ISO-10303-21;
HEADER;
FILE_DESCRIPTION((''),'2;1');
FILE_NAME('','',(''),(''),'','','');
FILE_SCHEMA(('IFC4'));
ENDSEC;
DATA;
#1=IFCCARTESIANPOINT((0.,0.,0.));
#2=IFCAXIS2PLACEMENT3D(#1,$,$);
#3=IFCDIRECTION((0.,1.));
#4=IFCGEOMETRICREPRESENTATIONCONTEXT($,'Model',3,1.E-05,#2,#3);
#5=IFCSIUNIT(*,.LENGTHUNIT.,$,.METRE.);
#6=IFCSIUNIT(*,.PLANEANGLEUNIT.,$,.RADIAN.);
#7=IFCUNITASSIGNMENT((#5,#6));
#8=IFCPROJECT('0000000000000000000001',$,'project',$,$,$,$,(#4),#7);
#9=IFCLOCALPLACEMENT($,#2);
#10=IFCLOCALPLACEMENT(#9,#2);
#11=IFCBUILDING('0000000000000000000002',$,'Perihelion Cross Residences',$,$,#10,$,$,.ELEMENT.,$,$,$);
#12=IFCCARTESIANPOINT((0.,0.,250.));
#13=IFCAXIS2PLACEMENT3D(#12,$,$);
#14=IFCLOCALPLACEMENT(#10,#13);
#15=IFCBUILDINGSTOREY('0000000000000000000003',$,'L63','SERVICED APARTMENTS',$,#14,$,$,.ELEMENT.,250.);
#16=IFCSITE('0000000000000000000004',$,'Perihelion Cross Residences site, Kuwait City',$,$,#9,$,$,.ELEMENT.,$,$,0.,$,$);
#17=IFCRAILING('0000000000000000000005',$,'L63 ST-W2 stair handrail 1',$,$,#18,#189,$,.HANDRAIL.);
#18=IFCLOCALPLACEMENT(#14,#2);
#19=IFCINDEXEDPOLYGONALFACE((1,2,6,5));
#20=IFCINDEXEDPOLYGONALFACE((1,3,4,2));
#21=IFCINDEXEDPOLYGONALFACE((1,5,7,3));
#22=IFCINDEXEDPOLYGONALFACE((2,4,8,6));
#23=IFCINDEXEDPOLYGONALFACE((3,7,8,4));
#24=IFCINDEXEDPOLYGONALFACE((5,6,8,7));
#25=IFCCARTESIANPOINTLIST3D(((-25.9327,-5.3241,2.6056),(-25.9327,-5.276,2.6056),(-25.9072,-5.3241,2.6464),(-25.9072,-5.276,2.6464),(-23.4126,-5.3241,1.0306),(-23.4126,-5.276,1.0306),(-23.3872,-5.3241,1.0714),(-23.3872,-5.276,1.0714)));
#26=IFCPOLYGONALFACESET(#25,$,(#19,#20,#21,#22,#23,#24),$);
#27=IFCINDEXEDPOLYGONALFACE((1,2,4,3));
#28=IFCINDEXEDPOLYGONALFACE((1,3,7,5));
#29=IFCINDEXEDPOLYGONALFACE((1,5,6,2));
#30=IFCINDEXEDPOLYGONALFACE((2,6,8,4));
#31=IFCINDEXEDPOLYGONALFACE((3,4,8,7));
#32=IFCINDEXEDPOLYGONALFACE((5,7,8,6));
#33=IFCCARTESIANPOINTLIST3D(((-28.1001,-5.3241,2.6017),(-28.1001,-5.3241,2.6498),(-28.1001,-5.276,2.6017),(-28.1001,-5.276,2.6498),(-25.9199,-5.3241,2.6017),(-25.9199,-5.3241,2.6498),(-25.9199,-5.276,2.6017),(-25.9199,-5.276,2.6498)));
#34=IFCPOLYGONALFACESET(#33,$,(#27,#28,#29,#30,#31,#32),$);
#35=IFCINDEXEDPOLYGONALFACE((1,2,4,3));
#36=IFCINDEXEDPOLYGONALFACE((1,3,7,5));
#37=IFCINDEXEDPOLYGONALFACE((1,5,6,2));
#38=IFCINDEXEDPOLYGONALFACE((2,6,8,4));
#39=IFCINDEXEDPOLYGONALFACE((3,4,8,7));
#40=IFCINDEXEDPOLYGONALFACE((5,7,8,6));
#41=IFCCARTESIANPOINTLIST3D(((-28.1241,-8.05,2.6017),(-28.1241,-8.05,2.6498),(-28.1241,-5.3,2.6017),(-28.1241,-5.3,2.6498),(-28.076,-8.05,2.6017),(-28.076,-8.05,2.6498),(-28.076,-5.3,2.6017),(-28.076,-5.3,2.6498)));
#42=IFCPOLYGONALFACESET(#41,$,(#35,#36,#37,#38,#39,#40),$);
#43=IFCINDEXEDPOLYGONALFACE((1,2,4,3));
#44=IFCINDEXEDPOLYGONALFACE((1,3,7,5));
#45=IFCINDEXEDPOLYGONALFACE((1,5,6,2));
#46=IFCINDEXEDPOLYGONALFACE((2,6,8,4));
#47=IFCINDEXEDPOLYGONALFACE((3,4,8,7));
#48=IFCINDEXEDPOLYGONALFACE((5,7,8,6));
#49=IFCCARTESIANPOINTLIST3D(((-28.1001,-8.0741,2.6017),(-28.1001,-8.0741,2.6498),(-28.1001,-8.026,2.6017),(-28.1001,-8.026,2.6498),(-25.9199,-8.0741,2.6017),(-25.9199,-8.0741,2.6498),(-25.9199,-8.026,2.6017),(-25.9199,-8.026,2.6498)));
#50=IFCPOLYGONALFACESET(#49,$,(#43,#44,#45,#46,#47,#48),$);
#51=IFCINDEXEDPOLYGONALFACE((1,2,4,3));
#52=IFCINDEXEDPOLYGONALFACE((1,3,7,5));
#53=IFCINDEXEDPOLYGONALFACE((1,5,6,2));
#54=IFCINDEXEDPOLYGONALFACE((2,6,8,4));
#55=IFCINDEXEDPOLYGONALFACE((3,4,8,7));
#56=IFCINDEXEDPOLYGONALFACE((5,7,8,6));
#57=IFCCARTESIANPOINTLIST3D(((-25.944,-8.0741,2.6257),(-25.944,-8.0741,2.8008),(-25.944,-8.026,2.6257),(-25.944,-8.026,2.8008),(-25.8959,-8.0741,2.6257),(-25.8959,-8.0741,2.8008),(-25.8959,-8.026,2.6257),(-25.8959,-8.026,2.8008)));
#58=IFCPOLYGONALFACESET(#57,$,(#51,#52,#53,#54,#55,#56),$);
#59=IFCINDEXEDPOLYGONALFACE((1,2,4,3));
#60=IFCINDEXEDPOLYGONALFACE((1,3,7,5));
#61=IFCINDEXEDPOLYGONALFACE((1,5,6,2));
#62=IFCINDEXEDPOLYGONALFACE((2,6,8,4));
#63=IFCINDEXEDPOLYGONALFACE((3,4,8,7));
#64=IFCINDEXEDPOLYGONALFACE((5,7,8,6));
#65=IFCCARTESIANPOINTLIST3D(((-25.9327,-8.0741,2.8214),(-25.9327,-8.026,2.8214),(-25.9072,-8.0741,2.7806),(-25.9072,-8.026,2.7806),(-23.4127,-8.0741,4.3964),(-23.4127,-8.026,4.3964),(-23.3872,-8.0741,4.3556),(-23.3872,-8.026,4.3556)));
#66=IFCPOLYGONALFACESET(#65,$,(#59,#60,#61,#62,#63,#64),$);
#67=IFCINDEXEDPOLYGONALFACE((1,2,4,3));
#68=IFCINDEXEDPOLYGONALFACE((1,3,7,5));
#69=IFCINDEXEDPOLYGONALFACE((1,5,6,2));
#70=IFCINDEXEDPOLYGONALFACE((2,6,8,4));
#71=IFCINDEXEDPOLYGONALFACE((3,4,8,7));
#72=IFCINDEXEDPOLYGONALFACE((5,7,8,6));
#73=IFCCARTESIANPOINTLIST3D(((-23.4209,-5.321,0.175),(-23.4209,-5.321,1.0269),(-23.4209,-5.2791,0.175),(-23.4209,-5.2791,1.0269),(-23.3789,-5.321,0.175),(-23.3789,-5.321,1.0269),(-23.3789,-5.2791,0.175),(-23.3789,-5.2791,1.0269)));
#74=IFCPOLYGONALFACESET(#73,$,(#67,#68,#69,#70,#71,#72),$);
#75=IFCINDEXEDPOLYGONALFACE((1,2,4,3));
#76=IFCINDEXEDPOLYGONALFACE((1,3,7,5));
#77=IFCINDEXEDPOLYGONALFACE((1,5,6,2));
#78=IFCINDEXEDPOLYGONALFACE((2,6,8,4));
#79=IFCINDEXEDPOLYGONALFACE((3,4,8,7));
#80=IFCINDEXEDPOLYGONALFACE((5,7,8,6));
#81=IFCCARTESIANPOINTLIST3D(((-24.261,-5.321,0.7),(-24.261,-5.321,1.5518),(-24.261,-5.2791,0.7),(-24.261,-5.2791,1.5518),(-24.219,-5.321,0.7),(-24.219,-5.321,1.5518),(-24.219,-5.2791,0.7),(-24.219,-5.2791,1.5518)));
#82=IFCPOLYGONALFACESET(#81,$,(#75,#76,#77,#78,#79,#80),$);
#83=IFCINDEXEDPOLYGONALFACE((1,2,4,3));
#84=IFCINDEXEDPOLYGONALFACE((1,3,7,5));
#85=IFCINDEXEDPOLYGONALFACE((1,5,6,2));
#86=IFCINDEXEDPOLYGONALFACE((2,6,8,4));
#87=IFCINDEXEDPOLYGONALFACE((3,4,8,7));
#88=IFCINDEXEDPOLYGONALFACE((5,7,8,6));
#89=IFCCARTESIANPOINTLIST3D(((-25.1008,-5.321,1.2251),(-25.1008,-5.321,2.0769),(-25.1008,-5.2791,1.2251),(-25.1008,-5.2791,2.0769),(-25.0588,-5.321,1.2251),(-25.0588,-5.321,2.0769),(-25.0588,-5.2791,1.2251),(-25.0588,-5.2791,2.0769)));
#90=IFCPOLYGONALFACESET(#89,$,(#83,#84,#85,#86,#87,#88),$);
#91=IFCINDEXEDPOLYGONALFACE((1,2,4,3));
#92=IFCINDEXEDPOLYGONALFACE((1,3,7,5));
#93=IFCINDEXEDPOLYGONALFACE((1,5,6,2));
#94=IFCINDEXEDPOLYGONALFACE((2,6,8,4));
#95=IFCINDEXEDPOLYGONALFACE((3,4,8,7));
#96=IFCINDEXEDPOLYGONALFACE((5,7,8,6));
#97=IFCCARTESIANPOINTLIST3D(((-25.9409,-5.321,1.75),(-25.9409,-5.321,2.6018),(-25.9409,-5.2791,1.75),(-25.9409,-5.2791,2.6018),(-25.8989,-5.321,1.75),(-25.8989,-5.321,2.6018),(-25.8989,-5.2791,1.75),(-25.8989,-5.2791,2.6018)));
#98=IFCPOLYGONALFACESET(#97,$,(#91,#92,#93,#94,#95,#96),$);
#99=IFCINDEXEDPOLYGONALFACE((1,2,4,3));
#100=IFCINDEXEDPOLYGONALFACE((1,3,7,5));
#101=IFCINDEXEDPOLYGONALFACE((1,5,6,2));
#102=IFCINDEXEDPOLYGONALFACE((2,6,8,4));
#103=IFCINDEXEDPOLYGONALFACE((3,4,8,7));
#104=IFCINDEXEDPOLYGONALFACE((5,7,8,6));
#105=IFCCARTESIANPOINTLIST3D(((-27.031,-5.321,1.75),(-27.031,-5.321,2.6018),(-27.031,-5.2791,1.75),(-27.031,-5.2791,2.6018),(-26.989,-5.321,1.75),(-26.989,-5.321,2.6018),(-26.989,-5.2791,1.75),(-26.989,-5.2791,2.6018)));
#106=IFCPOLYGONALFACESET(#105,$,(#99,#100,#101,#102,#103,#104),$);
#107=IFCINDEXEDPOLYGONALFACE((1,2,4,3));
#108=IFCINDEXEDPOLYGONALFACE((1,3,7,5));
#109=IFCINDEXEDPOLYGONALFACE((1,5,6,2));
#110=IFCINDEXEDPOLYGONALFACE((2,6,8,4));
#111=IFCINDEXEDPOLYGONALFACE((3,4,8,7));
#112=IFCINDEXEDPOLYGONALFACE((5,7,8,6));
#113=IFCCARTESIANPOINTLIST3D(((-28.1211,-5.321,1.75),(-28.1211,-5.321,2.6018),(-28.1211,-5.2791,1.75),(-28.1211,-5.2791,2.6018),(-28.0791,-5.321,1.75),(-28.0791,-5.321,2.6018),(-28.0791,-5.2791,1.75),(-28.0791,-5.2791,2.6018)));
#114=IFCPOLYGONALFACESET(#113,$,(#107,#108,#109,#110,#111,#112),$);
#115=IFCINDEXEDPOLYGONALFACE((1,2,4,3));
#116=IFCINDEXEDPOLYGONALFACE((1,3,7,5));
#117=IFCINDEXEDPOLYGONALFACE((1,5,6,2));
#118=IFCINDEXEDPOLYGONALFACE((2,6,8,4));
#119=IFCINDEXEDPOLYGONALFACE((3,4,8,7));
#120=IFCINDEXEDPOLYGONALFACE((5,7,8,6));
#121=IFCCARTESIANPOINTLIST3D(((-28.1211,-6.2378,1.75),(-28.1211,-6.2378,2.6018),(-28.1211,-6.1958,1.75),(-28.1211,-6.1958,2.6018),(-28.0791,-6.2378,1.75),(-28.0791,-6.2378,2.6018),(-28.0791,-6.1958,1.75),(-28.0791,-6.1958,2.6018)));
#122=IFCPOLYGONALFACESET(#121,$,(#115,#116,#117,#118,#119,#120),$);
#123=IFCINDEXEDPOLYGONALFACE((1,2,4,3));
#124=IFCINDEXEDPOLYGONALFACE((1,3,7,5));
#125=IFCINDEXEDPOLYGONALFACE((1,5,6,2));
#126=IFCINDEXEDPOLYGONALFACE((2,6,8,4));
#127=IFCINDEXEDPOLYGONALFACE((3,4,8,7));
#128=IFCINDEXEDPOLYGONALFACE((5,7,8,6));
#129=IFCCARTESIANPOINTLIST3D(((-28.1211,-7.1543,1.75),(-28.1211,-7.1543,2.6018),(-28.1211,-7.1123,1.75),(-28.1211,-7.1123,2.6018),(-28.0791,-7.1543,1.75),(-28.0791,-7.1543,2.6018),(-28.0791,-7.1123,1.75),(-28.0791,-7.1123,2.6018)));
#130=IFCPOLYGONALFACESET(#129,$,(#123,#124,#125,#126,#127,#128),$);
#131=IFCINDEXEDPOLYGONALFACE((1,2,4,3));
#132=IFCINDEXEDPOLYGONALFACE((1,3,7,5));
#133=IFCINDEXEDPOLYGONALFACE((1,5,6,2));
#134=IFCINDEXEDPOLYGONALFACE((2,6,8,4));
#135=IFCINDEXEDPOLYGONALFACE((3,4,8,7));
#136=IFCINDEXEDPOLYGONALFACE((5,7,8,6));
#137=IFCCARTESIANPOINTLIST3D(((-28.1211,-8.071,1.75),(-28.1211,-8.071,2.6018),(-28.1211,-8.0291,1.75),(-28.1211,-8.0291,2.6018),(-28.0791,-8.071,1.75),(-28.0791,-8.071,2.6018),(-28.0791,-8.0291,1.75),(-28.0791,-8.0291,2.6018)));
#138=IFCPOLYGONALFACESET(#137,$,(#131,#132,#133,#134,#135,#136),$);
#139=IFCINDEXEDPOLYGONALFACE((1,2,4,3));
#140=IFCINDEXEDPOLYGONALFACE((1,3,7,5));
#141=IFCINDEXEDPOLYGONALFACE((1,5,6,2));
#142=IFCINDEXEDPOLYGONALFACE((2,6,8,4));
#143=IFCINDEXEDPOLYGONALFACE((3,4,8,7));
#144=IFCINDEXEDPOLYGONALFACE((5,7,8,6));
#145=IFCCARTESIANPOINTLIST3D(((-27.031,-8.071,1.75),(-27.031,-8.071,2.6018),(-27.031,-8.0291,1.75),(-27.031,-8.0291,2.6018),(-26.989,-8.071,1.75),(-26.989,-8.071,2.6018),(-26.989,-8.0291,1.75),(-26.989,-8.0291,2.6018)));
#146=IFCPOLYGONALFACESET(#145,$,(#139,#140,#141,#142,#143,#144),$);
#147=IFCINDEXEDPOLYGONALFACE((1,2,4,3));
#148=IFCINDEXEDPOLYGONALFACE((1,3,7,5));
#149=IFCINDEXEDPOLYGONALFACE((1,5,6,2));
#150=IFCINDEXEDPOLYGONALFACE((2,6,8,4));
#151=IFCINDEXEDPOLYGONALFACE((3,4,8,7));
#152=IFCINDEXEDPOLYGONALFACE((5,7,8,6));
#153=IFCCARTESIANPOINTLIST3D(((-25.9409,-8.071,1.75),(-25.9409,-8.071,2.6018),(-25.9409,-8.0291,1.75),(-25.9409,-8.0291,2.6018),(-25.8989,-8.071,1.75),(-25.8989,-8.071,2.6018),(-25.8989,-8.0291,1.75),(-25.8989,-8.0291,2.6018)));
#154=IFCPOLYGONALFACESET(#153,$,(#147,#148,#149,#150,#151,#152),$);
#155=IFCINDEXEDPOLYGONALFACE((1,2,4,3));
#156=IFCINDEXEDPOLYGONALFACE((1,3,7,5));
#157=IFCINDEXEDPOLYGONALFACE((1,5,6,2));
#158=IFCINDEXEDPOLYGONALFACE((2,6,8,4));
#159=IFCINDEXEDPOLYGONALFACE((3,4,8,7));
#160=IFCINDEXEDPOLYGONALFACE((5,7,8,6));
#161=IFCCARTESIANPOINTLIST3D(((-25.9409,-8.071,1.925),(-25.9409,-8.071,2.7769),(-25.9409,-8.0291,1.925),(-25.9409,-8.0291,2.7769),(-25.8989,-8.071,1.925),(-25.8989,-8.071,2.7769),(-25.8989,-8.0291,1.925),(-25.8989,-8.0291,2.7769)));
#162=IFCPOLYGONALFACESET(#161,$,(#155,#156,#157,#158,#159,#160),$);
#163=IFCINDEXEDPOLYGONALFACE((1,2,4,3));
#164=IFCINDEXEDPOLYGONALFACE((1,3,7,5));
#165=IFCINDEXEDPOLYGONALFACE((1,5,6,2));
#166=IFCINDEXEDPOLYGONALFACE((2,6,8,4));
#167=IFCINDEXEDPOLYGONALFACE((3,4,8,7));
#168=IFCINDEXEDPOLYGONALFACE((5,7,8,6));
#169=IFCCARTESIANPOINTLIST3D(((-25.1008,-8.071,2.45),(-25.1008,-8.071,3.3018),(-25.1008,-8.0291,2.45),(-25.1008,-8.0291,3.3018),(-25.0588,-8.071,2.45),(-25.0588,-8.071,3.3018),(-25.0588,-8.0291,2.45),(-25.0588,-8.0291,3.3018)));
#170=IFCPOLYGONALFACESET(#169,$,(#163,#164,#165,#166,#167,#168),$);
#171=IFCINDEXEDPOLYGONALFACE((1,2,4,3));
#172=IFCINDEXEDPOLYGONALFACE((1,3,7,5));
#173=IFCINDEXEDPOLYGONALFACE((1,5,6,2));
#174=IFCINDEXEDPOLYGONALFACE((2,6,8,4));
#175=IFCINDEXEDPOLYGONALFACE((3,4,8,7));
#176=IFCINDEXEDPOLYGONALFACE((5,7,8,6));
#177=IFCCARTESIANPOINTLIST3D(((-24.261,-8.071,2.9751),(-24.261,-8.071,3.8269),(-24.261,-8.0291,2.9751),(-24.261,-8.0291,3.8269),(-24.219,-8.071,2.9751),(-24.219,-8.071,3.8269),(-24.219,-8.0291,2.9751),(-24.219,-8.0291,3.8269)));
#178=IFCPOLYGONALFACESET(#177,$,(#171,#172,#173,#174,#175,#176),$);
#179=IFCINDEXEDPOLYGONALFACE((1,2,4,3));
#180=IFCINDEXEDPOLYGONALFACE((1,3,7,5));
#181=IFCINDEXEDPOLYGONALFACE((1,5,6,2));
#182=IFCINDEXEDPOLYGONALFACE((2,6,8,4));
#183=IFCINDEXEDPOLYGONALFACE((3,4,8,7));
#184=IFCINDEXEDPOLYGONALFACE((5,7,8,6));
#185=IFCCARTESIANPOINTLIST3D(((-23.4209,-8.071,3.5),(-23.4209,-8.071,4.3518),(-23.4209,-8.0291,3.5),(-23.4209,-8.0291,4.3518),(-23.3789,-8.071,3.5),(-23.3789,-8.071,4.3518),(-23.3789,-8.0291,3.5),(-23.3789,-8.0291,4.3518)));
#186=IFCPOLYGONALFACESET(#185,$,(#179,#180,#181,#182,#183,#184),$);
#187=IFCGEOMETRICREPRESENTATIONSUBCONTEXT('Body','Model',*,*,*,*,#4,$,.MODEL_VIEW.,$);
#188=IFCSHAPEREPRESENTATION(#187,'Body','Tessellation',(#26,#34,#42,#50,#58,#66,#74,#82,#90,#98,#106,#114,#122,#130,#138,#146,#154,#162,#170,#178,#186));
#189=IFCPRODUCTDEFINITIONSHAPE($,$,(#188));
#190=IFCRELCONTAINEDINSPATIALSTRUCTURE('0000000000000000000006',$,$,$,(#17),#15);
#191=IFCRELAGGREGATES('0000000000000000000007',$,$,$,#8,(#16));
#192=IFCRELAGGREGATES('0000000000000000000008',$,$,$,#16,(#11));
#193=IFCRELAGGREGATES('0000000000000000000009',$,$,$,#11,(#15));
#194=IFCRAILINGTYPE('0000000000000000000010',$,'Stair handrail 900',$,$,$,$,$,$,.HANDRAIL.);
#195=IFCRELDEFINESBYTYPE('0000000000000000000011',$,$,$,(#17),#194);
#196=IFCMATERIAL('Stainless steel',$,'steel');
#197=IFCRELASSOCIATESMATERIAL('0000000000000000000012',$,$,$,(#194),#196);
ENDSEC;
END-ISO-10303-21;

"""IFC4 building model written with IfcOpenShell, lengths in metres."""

from ifc_helpers import new_model, si_unit, direction, frame, origin, origin_2d, place, context, subcontext, project, spatial, rectangle, extrude, material, type_object, element, save


model = new_model("IFC4")

# Units and contexts
model_context = context("Model", 3, precision=1e-05, world=origin(), true_north=direction((0.0, 1.0)))
body_context = subcontext(model_context, "Body", "Model", "MODEL_VIEW")
ifc_project = project(units=[si_unit("LENGTHUNIT", "METRE"), si_unit("PLANEANGLEUNIT", "RADIAN")], contexts=[model_context])

# Site, building, storey
site_placement = place(None, origin())
site = spatial("IfcSite", under=ifc_project, at=site_placement, Name="Perihelion Cross Residences site, Kuwait City", CompositionType="ELEMENT", RefElevation=0.0)
building_placement = place(site_placement, origin())
building = spatial("IfcBuilding", under=site, at=building_placement, Name="Perihelion Cross Residences", CompositionType="ELEMENT")
storey_placement = place(building_placement, frame((0.0, 0.0, 250.0)))
storey = spatial("IfcBuildingStorey", under=building, at=storey_placement, Name="L63", Description="SERVICED APARTMENTS", CompositionType="ELEMENT", Elevation=250.0)

# Railing
ifc_material_1 = material(Name="Stainless steel", Category="steel")
railing_type_1 = type_object("IfcRailingType", Name="Stair handrail 900", PredefinedType="HANDRAIL", material=ifc_material_1)
railing_1_placement = place(storey_placement, frame((-23.3999, -5.3, 0.175)))
element("IfcRailing", 1, at=railing_1_placement, inside=storey, type_object=railing_type_1, Name="L63 ST-W2 stair handrail 1", PredefinedType="HANDRAIL", context=body_context, shape_type="SweptSolid", body=[
    extrude(rectangle(XDim=0.0481, YDim=0.0481, at=origin_2d()), frame((0.0, 0.0, 0.876), z_axis=(-0.848008, 0.0, 0.529984), x_axis=(0.0, -1.0, 0.0)), (0.0, 0.0, 1.0), 2.9717),
    extrude(rectangle(XDim=0.0481, YDim=0.0481, at=origin_2d()), frame((-2.52, 0.0, 2.4507), z_axis=(-1.0, 0.0, 0.0), x_axis=(0.0, -1.0, 0.0)), (0.0, 0.0, 1.0), 2.1802),
    extrude(rectangle(XDim=0.0481, YDim=0.0481, at=origin_2d()), frame((-4.7002, 0.0, 2.4507), z_axis=(0.0, -1.0, 0.0), x_axis=(1.0, 0.0, 0.0)), (0.0, 0.0, 1.0), 2.75),
    extrude(rectangle(XDim=0.0481, YDim=0.0481, at=origin_2d()), frame((-4.7002, -2.75, 2.4507), z_axis=(1.0, 0.0, 0.0), x_axis=(0.0, 1.0, 0.0)), (0.0, 0.0, 1.0), 2.1802),
    extrude(rectangle(XDim=0.0481, YDim=0.0481, at=origin_2d()), frame((-2.52, -2.75, 2.4507), z_axis=(0.0, 0.0, 1.0), x_axis=(1.0, 0.0, 0.0)), (0.0, 0.0, 1.0), 0.175),
    extrude(rectangle(XDim=0.0481, YDim=0.0481, at=origin_2d()), frame((-2.52, -2.75, 2.626), z_axis=(0.848008, 0.0, 0.529984), x_axis=(0.0, 1.0, 0.0)), (0.0, 0.0, 1.0), 2.9717),
    extrude(rectangle(XDim=0.042, YDim=0.042, at=origin_2d()), origin(), (0.0, 0.0, 1.0), 0.8518),
    extrude(rectangle(XDim=0.042, YDim=0.042, at=origin_2d()), frame((-0.8401, 0.0, 0.5249)), (0.0, 0.0, 1.0), 0.8518),
    extrude(rectangle(XDim=0.042, YDim=0.042, at=origin_2d()), frame((-1.6799, 0.0, 1.05)), (0.0, 0.0, 1.0), 0.8518),
    extrude(rectangle(XDim=0.042, YDim=0.042, at=origin_2d()), frame((-2.52, 0.0, 1.575)), (0.0, 0.0, 1.0), 0.8518),
    extrude(rectangle(XDim=0.042, YDim=0.042, at=origin_2d()), frame((-3.6101, 0.0, 1.575)), (0.0, 0.0, 1.0), 0.8518),
    extrude(rectangle(XDim=0.042, YDim=0.042, at=origin_2d()), frame((-4.7002, 0.0, 1.575)), (0.0, 0.0, 1.0), 0.8518),
    extrude(rectangle(XDim=0.042, YDim=0.042, at=origin_2d()), frame((-4.7002, -0.9167, 1.575)), (0.0, 0.0, 1.0), 0.8518),
    extrude(rectangle(XDim=0.042, YDim=0.042, at=origin_2d()), frame((-4.7002, -1.8333, 1.575)), (0.0, 0.0, 1.0), 0.8518),
    extrude(rectangle(XDim=0.042, YDim=0.042, at=origin_2d()), frame((-4.7002, -2.75, 1.575)), (0.0, 0.0, 1.0), 0.8518),
    extrude(rectangle(XDim=0.042, YDim=0.042, at=origin_2d()), frame((-3.6101, -2.75, 1.575)), (0.0, 0.0, 1.0), 0.8518),
    extrude(rectangle(XDim=0.042, YDim=0.042, at=origin_2d()), frame((-2.52, -2.75, 1.575)), (0.0, 0.0, 1.0), 0.8518),
    extrude(rectangle(XDim=0.042, YDim=0.042, at=origin_2d()), frame((-2.52, -2.75, 1.75)), (0.0, 0.0, 1.0), 0.8518),
    extrude(rectangle(XDim=0.042, YDim=0.042, at=origin_2d()), frame((-1.6799, -2.75, 2.2749)), (0.0, 0.0, 1.0), 0.8518),
    extrude(rectangle(XDim=0.042, YDim=0.042, at=origin_2d()), frame((-0.8401, -2.75, 2.8)), (0.0, 0.0, 1.0), 0.8518),
    extrude(rectangle(XDim=0.042, YDim=0.042, at=origin_2d()), frame((0.0, -2.75, 3.325)), (0.0, 0.0, 1.0), 0.8518),
])

save(model, "model.ifc")
